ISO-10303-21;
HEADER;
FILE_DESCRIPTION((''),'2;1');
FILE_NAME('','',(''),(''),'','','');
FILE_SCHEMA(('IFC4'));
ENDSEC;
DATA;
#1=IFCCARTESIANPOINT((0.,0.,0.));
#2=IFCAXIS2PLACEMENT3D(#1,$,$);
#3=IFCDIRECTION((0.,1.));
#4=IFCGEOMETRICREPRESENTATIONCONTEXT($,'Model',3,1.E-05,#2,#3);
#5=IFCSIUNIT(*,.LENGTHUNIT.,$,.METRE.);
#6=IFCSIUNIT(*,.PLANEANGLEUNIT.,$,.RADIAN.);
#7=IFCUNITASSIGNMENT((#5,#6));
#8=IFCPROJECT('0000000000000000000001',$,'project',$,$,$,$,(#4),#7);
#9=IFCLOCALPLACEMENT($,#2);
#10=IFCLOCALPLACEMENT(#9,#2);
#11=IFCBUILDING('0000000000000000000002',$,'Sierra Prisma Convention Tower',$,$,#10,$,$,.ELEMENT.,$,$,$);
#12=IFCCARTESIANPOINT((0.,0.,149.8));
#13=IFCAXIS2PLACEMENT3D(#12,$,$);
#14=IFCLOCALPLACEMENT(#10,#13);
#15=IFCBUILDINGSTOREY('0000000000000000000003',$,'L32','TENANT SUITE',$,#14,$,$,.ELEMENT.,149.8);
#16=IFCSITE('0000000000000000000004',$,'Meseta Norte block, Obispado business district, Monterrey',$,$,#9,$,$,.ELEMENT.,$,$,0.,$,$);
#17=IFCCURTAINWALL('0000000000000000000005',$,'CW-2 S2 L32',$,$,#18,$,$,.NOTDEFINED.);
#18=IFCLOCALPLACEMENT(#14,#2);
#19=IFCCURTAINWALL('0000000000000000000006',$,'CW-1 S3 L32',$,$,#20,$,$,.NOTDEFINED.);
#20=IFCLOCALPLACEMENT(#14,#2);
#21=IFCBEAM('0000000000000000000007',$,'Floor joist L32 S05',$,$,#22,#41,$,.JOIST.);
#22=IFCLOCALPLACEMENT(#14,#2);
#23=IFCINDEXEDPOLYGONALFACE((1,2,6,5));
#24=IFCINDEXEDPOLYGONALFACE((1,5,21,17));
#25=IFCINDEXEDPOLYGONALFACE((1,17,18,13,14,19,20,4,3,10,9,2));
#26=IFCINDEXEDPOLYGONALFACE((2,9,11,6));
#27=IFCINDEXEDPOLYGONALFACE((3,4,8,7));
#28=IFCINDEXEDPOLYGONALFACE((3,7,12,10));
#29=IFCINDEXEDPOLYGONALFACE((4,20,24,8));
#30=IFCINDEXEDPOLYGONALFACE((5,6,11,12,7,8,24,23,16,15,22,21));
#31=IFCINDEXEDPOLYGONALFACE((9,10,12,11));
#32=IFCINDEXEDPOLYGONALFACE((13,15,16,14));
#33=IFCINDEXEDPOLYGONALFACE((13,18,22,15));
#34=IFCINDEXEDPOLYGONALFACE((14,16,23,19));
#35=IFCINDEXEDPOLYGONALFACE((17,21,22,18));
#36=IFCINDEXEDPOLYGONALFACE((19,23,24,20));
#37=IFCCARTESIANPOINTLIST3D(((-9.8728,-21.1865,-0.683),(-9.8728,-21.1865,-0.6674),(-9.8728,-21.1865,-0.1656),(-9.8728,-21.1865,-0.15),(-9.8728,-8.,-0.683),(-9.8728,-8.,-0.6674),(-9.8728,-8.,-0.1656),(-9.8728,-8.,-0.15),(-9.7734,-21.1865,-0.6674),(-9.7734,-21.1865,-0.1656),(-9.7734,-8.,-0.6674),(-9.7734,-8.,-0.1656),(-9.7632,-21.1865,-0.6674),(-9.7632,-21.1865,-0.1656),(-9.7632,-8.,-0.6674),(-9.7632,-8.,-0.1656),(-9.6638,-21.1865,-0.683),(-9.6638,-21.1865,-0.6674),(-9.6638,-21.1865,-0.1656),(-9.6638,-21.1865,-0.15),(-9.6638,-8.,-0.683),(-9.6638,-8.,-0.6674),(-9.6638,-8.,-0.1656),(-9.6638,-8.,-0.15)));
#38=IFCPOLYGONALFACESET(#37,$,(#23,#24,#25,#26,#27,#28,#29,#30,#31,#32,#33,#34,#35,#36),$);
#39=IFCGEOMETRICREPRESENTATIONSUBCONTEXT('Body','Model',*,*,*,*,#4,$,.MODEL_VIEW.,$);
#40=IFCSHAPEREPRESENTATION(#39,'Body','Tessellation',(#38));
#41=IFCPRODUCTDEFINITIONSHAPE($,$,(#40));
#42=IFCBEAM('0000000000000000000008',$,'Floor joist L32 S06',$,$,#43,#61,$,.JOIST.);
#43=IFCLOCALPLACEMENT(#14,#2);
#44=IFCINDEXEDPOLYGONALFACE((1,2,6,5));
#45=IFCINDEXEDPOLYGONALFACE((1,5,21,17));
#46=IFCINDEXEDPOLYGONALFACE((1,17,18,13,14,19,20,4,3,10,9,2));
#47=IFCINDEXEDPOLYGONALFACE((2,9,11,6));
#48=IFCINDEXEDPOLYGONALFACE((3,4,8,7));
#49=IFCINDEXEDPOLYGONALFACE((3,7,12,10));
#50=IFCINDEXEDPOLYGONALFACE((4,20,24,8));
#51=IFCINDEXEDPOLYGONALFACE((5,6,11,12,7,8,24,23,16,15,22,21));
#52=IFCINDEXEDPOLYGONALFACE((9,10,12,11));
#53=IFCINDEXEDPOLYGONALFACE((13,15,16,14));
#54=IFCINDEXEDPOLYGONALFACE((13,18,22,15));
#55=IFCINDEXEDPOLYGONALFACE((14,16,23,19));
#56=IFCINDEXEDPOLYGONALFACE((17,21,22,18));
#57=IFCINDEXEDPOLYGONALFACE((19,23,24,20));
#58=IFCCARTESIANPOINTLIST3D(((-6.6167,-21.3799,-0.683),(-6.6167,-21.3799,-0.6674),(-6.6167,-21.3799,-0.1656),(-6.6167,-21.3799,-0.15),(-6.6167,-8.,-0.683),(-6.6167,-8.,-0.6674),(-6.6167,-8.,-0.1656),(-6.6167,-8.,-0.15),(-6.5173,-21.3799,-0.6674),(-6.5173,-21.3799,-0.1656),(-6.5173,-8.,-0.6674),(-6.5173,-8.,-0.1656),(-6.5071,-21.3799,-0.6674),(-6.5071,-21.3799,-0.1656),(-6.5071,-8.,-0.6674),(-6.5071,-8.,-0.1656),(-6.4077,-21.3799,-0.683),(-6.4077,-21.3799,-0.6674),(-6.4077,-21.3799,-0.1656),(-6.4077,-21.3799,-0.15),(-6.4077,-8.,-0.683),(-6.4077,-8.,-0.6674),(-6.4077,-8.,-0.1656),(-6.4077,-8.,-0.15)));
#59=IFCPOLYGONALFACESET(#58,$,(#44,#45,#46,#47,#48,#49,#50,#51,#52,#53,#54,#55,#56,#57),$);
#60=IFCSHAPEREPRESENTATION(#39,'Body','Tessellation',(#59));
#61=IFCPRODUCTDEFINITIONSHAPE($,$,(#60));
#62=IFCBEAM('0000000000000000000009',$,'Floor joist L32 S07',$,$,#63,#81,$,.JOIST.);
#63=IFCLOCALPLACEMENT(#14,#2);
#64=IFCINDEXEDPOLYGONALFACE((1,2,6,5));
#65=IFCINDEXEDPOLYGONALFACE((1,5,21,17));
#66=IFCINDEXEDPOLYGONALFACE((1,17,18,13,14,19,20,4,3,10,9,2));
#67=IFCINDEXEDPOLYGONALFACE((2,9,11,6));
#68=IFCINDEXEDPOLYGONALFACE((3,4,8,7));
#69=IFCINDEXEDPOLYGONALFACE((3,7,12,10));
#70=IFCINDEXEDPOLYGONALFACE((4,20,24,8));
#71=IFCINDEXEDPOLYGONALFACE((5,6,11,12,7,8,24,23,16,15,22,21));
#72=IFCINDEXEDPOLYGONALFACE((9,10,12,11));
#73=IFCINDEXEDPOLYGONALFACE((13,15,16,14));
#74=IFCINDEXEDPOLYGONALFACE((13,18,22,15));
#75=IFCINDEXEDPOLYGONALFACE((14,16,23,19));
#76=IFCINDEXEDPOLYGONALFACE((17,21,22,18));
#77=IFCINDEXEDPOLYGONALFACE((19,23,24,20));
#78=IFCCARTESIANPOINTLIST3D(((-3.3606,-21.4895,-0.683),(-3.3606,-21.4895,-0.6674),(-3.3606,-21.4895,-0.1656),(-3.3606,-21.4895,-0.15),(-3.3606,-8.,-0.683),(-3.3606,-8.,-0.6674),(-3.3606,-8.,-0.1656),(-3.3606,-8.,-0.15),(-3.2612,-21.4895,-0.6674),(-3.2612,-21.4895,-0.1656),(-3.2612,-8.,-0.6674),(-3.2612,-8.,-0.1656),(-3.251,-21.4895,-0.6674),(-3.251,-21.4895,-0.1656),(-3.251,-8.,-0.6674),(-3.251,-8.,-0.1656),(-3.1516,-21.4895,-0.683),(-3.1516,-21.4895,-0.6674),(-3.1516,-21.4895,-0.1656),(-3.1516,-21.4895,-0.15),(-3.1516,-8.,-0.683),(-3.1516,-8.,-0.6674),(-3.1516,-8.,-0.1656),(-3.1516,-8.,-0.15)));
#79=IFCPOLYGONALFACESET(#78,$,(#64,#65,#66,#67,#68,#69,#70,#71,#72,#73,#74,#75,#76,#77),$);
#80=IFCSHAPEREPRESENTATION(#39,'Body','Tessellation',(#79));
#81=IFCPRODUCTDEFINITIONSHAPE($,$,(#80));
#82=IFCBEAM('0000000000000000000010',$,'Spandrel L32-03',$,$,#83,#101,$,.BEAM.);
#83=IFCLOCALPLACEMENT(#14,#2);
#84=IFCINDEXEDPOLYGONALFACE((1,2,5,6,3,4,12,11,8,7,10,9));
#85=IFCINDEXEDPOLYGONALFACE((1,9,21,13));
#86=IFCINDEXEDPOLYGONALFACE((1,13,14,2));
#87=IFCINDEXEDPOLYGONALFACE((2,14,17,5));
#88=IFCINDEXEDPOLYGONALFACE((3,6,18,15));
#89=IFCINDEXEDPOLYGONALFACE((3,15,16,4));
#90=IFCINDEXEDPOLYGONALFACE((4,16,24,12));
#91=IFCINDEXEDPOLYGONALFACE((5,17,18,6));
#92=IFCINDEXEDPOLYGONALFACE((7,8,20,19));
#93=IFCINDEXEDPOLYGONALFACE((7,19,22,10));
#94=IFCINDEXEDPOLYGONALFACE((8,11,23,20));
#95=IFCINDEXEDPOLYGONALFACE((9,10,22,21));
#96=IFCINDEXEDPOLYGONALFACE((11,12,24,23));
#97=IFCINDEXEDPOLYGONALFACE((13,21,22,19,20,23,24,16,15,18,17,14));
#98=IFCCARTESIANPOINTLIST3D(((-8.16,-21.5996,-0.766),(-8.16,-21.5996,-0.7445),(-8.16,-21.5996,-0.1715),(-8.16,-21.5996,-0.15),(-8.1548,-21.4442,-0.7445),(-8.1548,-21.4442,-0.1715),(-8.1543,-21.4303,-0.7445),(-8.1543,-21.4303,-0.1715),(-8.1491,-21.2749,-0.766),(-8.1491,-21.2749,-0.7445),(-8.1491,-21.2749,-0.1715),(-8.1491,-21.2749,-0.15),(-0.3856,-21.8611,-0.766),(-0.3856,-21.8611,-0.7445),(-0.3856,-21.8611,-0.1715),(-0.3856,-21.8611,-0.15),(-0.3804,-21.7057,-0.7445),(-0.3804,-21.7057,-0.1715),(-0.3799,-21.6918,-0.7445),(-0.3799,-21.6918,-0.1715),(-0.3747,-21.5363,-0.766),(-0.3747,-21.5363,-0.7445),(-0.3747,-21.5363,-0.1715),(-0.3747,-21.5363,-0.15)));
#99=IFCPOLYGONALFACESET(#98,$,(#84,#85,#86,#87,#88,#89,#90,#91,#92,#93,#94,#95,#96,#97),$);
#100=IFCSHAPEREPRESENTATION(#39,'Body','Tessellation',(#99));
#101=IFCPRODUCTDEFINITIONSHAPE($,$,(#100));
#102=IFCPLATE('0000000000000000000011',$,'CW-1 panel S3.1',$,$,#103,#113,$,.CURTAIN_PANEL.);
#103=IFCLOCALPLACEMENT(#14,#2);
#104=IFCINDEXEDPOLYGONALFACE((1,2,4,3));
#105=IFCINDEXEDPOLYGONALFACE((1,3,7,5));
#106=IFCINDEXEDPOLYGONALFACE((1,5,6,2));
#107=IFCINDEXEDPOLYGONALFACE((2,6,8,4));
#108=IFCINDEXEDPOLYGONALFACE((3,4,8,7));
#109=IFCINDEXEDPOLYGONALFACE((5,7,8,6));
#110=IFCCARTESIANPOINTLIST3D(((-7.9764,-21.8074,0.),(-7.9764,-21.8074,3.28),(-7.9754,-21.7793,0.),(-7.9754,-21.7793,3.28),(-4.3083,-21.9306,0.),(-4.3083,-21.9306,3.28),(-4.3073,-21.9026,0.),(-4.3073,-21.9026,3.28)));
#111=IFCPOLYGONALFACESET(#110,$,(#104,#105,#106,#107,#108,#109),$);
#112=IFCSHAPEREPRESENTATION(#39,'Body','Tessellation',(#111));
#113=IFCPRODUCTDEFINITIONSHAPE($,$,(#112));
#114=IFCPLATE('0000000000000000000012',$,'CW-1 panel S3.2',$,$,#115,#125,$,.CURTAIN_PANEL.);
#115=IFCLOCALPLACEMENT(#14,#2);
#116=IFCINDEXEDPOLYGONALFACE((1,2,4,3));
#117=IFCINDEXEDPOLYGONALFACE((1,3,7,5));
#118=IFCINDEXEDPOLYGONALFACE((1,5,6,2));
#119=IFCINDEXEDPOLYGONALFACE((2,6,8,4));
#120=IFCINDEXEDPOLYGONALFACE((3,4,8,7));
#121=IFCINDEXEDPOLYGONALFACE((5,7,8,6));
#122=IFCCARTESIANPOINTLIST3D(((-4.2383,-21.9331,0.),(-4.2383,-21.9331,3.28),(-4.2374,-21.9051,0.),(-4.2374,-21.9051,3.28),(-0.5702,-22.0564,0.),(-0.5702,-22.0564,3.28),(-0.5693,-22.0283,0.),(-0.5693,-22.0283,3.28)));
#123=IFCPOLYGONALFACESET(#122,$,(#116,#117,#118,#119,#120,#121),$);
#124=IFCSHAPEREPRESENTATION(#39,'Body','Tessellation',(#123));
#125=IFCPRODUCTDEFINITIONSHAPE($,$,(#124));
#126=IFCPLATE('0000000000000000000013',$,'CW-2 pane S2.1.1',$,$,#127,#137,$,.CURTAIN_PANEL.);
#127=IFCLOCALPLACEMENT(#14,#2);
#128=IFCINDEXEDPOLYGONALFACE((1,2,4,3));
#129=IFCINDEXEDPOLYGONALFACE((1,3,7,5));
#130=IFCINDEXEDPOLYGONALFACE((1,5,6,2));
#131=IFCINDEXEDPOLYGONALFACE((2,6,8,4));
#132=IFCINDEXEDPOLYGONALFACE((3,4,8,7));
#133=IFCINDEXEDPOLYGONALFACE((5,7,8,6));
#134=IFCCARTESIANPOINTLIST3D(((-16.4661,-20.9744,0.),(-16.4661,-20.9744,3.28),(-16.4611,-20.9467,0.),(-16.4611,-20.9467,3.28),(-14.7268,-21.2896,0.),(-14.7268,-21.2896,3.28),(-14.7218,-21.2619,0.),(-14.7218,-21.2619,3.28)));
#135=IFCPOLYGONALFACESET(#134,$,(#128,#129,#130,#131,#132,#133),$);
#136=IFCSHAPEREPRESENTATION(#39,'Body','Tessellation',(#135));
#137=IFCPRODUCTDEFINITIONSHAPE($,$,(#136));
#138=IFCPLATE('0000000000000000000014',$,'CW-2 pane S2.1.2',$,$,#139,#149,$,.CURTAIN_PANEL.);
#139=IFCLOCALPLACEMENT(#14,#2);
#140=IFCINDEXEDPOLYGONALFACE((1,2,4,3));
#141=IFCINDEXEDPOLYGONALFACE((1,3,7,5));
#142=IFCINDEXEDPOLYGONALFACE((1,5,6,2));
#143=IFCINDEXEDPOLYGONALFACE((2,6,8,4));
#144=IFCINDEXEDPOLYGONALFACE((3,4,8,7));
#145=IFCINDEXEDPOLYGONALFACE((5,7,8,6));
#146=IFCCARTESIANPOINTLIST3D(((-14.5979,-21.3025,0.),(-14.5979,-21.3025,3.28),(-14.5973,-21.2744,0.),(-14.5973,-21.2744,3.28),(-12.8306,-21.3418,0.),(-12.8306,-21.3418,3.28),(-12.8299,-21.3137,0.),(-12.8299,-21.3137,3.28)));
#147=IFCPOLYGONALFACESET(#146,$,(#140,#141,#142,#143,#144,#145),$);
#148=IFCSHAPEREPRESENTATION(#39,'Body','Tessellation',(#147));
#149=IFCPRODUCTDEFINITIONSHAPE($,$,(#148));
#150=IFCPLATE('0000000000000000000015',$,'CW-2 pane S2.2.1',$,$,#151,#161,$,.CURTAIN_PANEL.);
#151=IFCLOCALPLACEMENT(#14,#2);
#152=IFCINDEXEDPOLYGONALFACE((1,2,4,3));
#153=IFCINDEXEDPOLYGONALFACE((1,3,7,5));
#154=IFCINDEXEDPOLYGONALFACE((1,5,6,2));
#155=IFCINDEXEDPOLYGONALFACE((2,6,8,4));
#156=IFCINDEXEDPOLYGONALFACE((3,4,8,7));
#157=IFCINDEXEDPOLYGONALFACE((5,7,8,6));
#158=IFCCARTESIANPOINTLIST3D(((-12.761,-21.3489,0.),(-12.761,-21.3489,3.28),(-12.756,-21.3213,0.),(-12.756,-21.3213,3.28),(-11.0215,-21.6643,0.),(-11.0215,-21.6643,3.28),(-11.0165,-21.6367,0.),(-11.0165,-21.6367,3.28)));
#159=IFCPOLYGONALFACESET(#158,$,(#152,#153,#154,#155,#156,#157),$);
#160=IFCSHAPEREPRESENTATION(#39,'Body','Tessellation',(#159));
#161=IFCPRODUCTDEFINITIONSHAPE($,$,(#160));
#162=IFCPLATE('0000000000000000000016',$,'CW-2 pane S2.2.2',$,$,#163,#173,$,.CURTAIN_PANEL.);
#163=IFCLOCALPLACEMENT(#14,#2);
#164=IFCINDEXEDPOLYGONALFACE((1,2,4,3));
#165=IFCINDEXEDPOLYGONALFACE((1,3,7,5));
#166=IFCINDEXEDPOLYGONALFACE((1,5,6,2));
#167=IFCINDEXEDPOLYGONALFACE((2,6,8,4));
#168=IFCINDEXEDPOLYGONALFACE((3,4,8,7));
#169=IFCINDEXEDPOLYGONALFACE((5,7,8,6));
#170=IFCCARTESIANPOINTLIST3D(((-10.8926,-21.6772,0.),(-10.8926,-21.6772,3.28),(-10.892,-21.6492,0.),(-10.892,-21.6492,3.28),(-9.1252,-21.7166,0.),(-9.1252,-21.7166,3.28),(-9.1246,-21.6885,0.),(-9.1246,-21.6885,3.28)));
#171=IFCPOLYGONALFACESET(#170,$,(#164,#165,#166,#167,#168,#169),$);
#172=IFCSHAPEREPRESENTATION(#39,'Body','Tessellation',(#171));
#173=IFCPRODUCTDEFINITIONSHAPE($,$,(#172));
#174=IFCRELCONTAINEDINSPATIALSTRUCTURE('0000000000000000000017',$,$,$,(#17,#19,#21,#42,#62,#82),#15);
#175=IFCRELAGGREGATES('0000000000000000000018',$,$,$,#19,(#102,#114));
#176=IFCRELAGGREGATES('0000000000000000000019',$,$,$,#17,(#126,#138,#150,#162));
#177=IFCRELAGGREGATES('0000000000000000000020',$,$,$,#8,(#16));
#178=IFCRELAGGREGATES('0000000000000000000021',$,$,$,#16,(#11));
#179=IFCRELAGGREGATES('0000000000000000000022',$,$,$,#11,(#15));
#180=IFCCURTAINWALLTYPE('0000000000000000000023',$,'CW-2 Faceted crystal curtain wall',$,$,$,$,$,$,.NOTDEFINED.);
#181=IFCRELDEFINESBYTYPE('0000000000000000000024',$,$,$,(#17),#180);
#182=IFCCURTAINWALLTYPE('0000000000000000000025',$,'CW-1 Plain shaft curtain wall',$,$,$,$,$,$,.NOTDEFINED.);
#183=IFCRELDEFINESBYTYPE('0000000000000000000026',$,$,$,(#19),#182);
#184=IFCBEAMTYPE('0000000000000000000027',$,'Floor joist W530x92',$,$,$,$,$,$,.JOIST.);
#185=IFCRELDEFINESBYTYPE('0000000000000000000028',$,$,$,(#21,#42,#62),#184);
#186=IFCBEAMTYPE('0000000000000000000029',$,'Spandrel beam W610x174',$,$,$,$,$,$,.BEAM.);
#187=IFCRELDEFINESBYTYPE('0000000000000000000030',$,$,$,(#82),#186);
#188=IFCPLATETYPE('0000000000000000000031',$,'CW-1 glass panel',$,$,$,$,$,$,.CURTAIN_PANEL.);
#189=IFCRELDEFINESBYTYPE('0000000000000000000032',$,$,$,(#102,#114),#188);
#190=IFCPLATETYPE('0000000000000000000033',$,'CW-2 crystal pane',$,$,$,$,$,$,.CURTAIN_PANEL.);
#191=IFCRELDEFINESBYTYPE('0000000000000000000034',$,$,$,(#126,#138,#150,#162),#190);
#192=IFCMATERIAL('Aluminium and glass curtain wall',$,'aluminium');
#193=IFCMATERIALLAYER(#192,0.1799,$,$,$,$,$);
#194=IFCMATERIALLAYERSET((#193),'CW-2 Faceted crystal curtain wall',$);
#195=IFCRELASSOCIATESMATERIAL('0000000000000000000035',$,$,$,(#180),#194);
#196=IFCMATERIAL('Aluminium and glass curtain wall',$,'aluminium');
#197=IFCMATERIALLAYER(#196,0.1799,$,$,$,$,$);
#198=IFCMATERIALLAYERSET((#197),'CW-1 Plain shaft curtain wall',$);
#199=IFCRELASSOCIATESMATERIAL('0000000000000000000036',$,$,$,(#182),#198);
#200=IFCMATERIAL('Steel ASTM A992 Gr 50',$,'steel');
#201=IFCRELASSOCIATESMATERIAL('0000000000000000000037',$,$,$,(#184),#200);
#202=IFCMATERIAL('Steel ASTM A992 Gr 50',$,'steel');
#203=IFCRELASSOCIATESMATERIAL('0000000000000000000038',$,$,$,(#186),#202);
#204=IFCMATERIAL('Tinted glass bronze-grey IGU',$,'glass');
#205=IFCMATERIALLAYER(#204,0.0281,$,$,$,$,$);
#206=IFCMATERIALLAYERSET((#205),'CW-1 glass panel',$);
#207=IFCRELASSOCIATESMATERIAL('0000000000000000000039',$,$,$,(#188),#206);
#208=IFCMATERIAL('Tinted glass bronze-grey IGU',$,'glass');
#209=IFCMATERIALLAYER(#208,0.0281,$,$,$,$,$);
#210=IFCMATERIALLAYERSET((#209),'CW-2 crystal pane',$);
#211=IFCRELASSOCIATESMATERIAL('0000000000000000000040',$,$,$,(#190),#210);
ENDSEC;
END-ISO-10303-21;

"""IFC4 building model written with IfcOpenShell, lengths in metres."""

from ifc_helpers import new_model, si_unit, direction, frame, origin, origin_2d, place, context, subcontext, project, spatial, polyline, rectangle, i_section, outline, extrude, material, layer, layer_set, material_profile, profile_set, type_object, element, aggregate, save


model = new_model("IFC4")

# Units and contexts
model_context = context("Model", 3, precision=1e-05, world=origin(), true_north=direction((0.0, 1.0)))
body_context = subcontext(model_context, "Body", "Model", "MODEL_VIEW")
ifc_project = project(units=[si_unit("LENGTHUNIT", "METRE"), si_unit("PLANEANGLEUNIT", "RADIAN")], contexts=[model_context])

# Site, building, storey
site_placement = place(None, origin())
site = spatial("IfcSite", under=ifc_project, at=site_placement, Name="Meseta Norte block, Obispado business district, Monterrey", CompositionType="ELEMENT", RefElevation=0.0)
building_placement = place(site_placement, origin())
building = spatial("IfcBuilding", under=site, at=building_placement, Name="Sierra Prisma Convention Tower", CompositionType="ELEMENT")
storey_placement = place(building_placement, frame((0.0, 0.0, 149.8)))
storey = spatial("IfcBuildingStorey", under=building, at=storey_placement, Name="L32", Description="TENANT SUITE", CompositionType="ELEMENT", Elevation=149.8)

# Curtain walls
ifc_material_1 = material(Name="Aluminium and glass curtain wall", Category="aluminium")
ifc_layer_1 = layer(ifc_material_1, 0.1799)
ifc_layer_set_1 = layer_set([ifc_layer_1], Name="CW-2 Faceted crystal curtain wall")
curtain_wall_type_1 = type_object("IfcCurtainWallType", Name="CW-2 Faceted crystal curtain wall", PredefinedType="NOTDEFINED", material=ifc_layer_set_1)
curtain_wall_1_placement = place(storey_placement, origin())
curtain_wall_1 = element("IfcCurtainWall", 1, at=curtain_wall_1_placement, inside=storey, type_object=curtain_wall_type_1, Name="CW-2 S2 L32", PredefinedType="NOTDEFINED")
ifc_material_2 = material(Name="Aluminium and glass curtain wall", Category="aluminium")
ifc_layer_2 = layer(ifc_material_2, 0.1799)
ifc_layer_set_2 = layer_set([ifc_layer_2], Name="CW-1 Plain shaft curtain wall")
curtain_wall_type_2 = type_object("IfcCurtainWallType", Name="CW-1 Plain shaft curtain wall", PredefinedType="NOTDEFINED", material=ifc_layer_set_2)
curtain_wall_2_placement = place(storey_placement, origin())
curtain_wall_2 = element("IfcCurtainWall", 2, at=curtain_wall_2_placement, inside=storey, type_object=curtain_wall_type_2, Name="CW-1 S3 L32", PredefinedType="NOTDEFINED")

# Beams
ifc_material_3 = material(Name="Steel ASTM A992 Gr 50", Category="steel")
ifc_material_profile_1 = material_profile(ifc_material_3, i_section(OverallWidth=0.209, OverallDepth=0.533, WebThickness=0.0103, FlangeThickness=0.0156, at=origin_2d()), Name="W530x92")
ifc_profile_set_1 = profile_set([ifc_material_profile_1], Name="Steel ASTM A992 Gr 50")
beam_type_1 = type_object("IfcBeamType", Name="Floor joist W530x92", PredefinedType="JOIST", material=ifc_profile_set_1)
beam_1_placement = place(storey_placement, frame((-9.7683, -21.1865, -0.4165), z_axis=(0.0, 1.0, 0.0), x_axis=(-1.0, 0.0, 0.0)))
element("IfcBeam", 3, at=beam_1_placement, inside=storey, type_object=beam_type_1, Name="Floor joist L32 S05", PredefinedType="JOIST", context=body_context, shape_type="SweptSolid", body=[
    extrude(i_section(OverallWidth=0.209, OverallDepth=0.533, WebThickness=0.0103, FlangeThickness=0.0156, at=origin_2d()), origin(), (0.0, 0.0, 1.0), 13.1865),
])
beam_2_placement = place(storey_placement, frame((-6.5122, -21.3799, -0.4165), z_axis=(0.0, 1.0, 0.0), x_axis=(-1.0, 0.0, 0.0)))
element("IfcBeam", 4, at=beam_2_placement, inside=storey, type_object=beam_type_1, Name="Floor joist L32 S06", PredefinedType="JOIST", context=body_context, shape_type="SweptSolid", body=[
    extrude(i_section(OverallWidth=0.209, OverallDepth=0.533, WebThickness=0.0103, FlangeThickness=0.0156, at=origin_2d()), origin(), (0.0, 0.0, 1.0), 13.3799),
])
beam_3_placement = place(storey_placement, frame((-3.2561, -21.4895, -0.4165), z_axis=(0.0, 1.0, 0.0), x_axis=(-1.0, 0.0, 0.0)))
element("IfcBeam", 5, at=beam_3_placement, inside=storey, type_object=beam_type_1, Name="Floor joist L32 S07", PredefinedType="JOIST", context=body_context, shape_type="SweptSolid", body=[
    extrude(i_section(OverallWidth=0.209, OverallDepth=0.533, WebThickness=0.0103, FlangeThickness=0.0156, at=origin_2d()), origin(), (0.0, 0.0, 1.0), 13.4895),
])
ifc_material_4 = material(Name="Steel ASTM A992 Gr 50", Category="steel")
ifc_material_profile_2 = material_profile(ifc_material_4, i_section(OverallWidth=0.325, OverallDepth=0.616, WebThickness=0.0139, FlangeThickness=0.0215, at=origin_2d()), Name="W610x174")
ifc_profile_set_2 = profile_set([ifc_material_profile_2], Name="Steel ASTM A992 Gr 50")
beam_type_2 = type_object("IfcBeamType", Name="Spandrel beam W610x174", PredefinedType="BEAM", material=ifc_profile_set_2)
beam_4_placement = place(storey_placement, frame((-8.1545, -21.4373, -0.458), z_axis=(0.999435, -0.033614, 0.0), x_axis=(0.033614, 0.999435, 0.0)))
element("IfcBeam", 6, at=beam_4_placement, inside=storey, type_object=beam_type_2, Name="Spandrel L32-03", PredefinedType="BEAM", context=body_context, shape_type="SweptSolid", body=[
    extrude(i_section(OverallWidth=0.325, OverallDepth=0.616, WebThickness=0.0139, FlangeThickness=0.0215, at=origin_2d()), origin(), (0.0, 0.0, 1.0), 7.7788),
])

# Plates
ifc_material_5 = material(Name="Tinted glass bronze-grey IGU", Category="glass")
ifc_layer_3 = layer(ifc_material_5, 0.0281)
ifc_layer_set_3 = layer_set([ifc_layer_3], Name="CW-1 glass panel")
plate_type_1 = type_object("IfcPlateType", Name="CW-1 glass panel", PredefinedType="CURTAIN_PANEL", material=ifc_layer_set_3)
plate_1_placement = place(storey_placement, frame((-6.1418, -21.855, 0.0), z_axis=(0.0, 0.0, 1.0), x_axis=(0.999436, -0.033583, 0.0)))
plate_1 = element("IfcPlate", 7, at=plate_1_placement, type_object=plate_type_1, Name="CW-1 panel S3.1", PredefinedType="CURTAIN_PANEL", context=body_context, shape_type="SweptSolid", body=[
    extrude(rectangle(XDim=3.6702, YDim=0.0281, at=origin_2d()), origin(), (0.0, 0.0, 1.0), 3.28),
])
plate_2_placement = place(storey_placement, frame((-2.4038, -21.9807, 0.0), z_axis=(0.0, 0.0, 1.0), x_axis=(0.999436, -0.033583, 0.0)))
plate_2 = element("IfcPlate", 8, at=plate_2_placement, type_object=plate_type_1, Name="CW-1 panel S3.2", PredefinedType="CURTAIN_PANEL", context=body_context, shape_type="SweptSolid", body=[
    extrude(rectangle(XDim=3.6702, YDim=0.0281, at=origin_2d()), origin(), (0.0, 0.0, 1.0), 3.28),
])
aggregate(curtain_wall_2, [plate_1, plate_2])
ifc_material_6 = material(Name="Tinted glass bronze-grey IGU", Category="glass")
ifc_layer_4 = layer(ifc_material_6, 0.0281)
ifc_layer_set_4 = layer_set([ifc_layer_4], Name="CW-2 crystal pane")
plate_type_2 = type_object("IfcPlateType", Name="CW-2 crystal pane", PredefinedType="CURTAIN_PANEL", material=ifc_layer_set_4)
plate_3_placement = place(storey_placement, frame((-16.4661, -20.9744, 0.0), z_axis=(-0.178314, -0.983974, 0.0), x_axis=(0.983974, -0.178314, 0.0)))
plate_3 = element("IfcPlate", 9, at=plate_3_placement, type_object=plate_type_2, Name="CW-2 pane S2.1.1", PredefinedType="CURTAIN_PANEL", context=body_context, shape_type="SweptSolid", body=[
    extrude(outline(polyline([(0.0, 0.0), (1.7676, 0.0), (1.7676, 3.28), (0.0, 3.28), (0.0, 0.0)])), origin(), (0.0, 0.0, -1.0), 0.0281),
])
plate_4_placement = place(storey_placement, frame((-12.8306, -21.3418, 0.0), z_axis=(-0.022235, -0.999753, 0.0), x_axis=(-0.999753, 0.022235, 0.0)))
plate_4 = element("IfcPlate", 10, at=plate_4_placement, type_object=plate_type_2, Name="CW-2 pane S2.1.2", PredefinedType="CURTAIN_PANEL", context=body_context, shape_type="SweptSolid", body=[
    extrude(outline(polyline([(0.0, 0.0), (1.7678, 0.0), (1.7678, -3.28), (0.0, -3.28), (0.0, 0.0)])), origin(), (0.0, 0.0, -1.0), 0.0281),
])
plate_5_placement = place(storey_placement, frame((-12.761, -21.3489, 0.0), z_axis=(-0.178424, -0.983954, 0.0), x_axis=(0.983954, -0.178424, 0.0)))
plate_5 = element("IfcPlate", 11, at=plate_5_placement, type_object=plate_type_2, Name="CW-2 pane S2.2.1", PredefinedType="CURTAIN_PANEL", context=body_context, shape_type="SweptSolid", body=[
    extrude(outline(polyline([(0.0, 0.0), (1.7679, 0.0), (1.7679, 3.28), (0.0, 3.28), (0.0, 0.0)])), origin(), (0.0, 0.0, -1.0), 0.0281),
])
plate_6_placement = place(storey_placement, frame((-9.1252, -21.7166, 0.0), z_axis=(-0.022235, -0.999753, 0.0), x_axis=(-0.999753, 0.022235, 0.0)))
plate_6 = element("IfcPlate", 12, at=plate_6_placement, type_object=plate_type_2, Name="CW-2 pane S2.2.2", PredefinedType="CURTAIN_PANEL", context=body_context, shape_type="SweptSolid", body=[
    extrude(outline(polyline([(0.0, 0.0), (1.7678, 0.0), (1.7678, -3.28), (0.0, -3.28), (0.0, 0.0)])), origin(), (0.0, 0.0, -1.0), 0.0281),
])
aggregate(curtain_wall_1, [plate_3, plate_4, plate_5, plate_6])

save(model, "model.ifc")
